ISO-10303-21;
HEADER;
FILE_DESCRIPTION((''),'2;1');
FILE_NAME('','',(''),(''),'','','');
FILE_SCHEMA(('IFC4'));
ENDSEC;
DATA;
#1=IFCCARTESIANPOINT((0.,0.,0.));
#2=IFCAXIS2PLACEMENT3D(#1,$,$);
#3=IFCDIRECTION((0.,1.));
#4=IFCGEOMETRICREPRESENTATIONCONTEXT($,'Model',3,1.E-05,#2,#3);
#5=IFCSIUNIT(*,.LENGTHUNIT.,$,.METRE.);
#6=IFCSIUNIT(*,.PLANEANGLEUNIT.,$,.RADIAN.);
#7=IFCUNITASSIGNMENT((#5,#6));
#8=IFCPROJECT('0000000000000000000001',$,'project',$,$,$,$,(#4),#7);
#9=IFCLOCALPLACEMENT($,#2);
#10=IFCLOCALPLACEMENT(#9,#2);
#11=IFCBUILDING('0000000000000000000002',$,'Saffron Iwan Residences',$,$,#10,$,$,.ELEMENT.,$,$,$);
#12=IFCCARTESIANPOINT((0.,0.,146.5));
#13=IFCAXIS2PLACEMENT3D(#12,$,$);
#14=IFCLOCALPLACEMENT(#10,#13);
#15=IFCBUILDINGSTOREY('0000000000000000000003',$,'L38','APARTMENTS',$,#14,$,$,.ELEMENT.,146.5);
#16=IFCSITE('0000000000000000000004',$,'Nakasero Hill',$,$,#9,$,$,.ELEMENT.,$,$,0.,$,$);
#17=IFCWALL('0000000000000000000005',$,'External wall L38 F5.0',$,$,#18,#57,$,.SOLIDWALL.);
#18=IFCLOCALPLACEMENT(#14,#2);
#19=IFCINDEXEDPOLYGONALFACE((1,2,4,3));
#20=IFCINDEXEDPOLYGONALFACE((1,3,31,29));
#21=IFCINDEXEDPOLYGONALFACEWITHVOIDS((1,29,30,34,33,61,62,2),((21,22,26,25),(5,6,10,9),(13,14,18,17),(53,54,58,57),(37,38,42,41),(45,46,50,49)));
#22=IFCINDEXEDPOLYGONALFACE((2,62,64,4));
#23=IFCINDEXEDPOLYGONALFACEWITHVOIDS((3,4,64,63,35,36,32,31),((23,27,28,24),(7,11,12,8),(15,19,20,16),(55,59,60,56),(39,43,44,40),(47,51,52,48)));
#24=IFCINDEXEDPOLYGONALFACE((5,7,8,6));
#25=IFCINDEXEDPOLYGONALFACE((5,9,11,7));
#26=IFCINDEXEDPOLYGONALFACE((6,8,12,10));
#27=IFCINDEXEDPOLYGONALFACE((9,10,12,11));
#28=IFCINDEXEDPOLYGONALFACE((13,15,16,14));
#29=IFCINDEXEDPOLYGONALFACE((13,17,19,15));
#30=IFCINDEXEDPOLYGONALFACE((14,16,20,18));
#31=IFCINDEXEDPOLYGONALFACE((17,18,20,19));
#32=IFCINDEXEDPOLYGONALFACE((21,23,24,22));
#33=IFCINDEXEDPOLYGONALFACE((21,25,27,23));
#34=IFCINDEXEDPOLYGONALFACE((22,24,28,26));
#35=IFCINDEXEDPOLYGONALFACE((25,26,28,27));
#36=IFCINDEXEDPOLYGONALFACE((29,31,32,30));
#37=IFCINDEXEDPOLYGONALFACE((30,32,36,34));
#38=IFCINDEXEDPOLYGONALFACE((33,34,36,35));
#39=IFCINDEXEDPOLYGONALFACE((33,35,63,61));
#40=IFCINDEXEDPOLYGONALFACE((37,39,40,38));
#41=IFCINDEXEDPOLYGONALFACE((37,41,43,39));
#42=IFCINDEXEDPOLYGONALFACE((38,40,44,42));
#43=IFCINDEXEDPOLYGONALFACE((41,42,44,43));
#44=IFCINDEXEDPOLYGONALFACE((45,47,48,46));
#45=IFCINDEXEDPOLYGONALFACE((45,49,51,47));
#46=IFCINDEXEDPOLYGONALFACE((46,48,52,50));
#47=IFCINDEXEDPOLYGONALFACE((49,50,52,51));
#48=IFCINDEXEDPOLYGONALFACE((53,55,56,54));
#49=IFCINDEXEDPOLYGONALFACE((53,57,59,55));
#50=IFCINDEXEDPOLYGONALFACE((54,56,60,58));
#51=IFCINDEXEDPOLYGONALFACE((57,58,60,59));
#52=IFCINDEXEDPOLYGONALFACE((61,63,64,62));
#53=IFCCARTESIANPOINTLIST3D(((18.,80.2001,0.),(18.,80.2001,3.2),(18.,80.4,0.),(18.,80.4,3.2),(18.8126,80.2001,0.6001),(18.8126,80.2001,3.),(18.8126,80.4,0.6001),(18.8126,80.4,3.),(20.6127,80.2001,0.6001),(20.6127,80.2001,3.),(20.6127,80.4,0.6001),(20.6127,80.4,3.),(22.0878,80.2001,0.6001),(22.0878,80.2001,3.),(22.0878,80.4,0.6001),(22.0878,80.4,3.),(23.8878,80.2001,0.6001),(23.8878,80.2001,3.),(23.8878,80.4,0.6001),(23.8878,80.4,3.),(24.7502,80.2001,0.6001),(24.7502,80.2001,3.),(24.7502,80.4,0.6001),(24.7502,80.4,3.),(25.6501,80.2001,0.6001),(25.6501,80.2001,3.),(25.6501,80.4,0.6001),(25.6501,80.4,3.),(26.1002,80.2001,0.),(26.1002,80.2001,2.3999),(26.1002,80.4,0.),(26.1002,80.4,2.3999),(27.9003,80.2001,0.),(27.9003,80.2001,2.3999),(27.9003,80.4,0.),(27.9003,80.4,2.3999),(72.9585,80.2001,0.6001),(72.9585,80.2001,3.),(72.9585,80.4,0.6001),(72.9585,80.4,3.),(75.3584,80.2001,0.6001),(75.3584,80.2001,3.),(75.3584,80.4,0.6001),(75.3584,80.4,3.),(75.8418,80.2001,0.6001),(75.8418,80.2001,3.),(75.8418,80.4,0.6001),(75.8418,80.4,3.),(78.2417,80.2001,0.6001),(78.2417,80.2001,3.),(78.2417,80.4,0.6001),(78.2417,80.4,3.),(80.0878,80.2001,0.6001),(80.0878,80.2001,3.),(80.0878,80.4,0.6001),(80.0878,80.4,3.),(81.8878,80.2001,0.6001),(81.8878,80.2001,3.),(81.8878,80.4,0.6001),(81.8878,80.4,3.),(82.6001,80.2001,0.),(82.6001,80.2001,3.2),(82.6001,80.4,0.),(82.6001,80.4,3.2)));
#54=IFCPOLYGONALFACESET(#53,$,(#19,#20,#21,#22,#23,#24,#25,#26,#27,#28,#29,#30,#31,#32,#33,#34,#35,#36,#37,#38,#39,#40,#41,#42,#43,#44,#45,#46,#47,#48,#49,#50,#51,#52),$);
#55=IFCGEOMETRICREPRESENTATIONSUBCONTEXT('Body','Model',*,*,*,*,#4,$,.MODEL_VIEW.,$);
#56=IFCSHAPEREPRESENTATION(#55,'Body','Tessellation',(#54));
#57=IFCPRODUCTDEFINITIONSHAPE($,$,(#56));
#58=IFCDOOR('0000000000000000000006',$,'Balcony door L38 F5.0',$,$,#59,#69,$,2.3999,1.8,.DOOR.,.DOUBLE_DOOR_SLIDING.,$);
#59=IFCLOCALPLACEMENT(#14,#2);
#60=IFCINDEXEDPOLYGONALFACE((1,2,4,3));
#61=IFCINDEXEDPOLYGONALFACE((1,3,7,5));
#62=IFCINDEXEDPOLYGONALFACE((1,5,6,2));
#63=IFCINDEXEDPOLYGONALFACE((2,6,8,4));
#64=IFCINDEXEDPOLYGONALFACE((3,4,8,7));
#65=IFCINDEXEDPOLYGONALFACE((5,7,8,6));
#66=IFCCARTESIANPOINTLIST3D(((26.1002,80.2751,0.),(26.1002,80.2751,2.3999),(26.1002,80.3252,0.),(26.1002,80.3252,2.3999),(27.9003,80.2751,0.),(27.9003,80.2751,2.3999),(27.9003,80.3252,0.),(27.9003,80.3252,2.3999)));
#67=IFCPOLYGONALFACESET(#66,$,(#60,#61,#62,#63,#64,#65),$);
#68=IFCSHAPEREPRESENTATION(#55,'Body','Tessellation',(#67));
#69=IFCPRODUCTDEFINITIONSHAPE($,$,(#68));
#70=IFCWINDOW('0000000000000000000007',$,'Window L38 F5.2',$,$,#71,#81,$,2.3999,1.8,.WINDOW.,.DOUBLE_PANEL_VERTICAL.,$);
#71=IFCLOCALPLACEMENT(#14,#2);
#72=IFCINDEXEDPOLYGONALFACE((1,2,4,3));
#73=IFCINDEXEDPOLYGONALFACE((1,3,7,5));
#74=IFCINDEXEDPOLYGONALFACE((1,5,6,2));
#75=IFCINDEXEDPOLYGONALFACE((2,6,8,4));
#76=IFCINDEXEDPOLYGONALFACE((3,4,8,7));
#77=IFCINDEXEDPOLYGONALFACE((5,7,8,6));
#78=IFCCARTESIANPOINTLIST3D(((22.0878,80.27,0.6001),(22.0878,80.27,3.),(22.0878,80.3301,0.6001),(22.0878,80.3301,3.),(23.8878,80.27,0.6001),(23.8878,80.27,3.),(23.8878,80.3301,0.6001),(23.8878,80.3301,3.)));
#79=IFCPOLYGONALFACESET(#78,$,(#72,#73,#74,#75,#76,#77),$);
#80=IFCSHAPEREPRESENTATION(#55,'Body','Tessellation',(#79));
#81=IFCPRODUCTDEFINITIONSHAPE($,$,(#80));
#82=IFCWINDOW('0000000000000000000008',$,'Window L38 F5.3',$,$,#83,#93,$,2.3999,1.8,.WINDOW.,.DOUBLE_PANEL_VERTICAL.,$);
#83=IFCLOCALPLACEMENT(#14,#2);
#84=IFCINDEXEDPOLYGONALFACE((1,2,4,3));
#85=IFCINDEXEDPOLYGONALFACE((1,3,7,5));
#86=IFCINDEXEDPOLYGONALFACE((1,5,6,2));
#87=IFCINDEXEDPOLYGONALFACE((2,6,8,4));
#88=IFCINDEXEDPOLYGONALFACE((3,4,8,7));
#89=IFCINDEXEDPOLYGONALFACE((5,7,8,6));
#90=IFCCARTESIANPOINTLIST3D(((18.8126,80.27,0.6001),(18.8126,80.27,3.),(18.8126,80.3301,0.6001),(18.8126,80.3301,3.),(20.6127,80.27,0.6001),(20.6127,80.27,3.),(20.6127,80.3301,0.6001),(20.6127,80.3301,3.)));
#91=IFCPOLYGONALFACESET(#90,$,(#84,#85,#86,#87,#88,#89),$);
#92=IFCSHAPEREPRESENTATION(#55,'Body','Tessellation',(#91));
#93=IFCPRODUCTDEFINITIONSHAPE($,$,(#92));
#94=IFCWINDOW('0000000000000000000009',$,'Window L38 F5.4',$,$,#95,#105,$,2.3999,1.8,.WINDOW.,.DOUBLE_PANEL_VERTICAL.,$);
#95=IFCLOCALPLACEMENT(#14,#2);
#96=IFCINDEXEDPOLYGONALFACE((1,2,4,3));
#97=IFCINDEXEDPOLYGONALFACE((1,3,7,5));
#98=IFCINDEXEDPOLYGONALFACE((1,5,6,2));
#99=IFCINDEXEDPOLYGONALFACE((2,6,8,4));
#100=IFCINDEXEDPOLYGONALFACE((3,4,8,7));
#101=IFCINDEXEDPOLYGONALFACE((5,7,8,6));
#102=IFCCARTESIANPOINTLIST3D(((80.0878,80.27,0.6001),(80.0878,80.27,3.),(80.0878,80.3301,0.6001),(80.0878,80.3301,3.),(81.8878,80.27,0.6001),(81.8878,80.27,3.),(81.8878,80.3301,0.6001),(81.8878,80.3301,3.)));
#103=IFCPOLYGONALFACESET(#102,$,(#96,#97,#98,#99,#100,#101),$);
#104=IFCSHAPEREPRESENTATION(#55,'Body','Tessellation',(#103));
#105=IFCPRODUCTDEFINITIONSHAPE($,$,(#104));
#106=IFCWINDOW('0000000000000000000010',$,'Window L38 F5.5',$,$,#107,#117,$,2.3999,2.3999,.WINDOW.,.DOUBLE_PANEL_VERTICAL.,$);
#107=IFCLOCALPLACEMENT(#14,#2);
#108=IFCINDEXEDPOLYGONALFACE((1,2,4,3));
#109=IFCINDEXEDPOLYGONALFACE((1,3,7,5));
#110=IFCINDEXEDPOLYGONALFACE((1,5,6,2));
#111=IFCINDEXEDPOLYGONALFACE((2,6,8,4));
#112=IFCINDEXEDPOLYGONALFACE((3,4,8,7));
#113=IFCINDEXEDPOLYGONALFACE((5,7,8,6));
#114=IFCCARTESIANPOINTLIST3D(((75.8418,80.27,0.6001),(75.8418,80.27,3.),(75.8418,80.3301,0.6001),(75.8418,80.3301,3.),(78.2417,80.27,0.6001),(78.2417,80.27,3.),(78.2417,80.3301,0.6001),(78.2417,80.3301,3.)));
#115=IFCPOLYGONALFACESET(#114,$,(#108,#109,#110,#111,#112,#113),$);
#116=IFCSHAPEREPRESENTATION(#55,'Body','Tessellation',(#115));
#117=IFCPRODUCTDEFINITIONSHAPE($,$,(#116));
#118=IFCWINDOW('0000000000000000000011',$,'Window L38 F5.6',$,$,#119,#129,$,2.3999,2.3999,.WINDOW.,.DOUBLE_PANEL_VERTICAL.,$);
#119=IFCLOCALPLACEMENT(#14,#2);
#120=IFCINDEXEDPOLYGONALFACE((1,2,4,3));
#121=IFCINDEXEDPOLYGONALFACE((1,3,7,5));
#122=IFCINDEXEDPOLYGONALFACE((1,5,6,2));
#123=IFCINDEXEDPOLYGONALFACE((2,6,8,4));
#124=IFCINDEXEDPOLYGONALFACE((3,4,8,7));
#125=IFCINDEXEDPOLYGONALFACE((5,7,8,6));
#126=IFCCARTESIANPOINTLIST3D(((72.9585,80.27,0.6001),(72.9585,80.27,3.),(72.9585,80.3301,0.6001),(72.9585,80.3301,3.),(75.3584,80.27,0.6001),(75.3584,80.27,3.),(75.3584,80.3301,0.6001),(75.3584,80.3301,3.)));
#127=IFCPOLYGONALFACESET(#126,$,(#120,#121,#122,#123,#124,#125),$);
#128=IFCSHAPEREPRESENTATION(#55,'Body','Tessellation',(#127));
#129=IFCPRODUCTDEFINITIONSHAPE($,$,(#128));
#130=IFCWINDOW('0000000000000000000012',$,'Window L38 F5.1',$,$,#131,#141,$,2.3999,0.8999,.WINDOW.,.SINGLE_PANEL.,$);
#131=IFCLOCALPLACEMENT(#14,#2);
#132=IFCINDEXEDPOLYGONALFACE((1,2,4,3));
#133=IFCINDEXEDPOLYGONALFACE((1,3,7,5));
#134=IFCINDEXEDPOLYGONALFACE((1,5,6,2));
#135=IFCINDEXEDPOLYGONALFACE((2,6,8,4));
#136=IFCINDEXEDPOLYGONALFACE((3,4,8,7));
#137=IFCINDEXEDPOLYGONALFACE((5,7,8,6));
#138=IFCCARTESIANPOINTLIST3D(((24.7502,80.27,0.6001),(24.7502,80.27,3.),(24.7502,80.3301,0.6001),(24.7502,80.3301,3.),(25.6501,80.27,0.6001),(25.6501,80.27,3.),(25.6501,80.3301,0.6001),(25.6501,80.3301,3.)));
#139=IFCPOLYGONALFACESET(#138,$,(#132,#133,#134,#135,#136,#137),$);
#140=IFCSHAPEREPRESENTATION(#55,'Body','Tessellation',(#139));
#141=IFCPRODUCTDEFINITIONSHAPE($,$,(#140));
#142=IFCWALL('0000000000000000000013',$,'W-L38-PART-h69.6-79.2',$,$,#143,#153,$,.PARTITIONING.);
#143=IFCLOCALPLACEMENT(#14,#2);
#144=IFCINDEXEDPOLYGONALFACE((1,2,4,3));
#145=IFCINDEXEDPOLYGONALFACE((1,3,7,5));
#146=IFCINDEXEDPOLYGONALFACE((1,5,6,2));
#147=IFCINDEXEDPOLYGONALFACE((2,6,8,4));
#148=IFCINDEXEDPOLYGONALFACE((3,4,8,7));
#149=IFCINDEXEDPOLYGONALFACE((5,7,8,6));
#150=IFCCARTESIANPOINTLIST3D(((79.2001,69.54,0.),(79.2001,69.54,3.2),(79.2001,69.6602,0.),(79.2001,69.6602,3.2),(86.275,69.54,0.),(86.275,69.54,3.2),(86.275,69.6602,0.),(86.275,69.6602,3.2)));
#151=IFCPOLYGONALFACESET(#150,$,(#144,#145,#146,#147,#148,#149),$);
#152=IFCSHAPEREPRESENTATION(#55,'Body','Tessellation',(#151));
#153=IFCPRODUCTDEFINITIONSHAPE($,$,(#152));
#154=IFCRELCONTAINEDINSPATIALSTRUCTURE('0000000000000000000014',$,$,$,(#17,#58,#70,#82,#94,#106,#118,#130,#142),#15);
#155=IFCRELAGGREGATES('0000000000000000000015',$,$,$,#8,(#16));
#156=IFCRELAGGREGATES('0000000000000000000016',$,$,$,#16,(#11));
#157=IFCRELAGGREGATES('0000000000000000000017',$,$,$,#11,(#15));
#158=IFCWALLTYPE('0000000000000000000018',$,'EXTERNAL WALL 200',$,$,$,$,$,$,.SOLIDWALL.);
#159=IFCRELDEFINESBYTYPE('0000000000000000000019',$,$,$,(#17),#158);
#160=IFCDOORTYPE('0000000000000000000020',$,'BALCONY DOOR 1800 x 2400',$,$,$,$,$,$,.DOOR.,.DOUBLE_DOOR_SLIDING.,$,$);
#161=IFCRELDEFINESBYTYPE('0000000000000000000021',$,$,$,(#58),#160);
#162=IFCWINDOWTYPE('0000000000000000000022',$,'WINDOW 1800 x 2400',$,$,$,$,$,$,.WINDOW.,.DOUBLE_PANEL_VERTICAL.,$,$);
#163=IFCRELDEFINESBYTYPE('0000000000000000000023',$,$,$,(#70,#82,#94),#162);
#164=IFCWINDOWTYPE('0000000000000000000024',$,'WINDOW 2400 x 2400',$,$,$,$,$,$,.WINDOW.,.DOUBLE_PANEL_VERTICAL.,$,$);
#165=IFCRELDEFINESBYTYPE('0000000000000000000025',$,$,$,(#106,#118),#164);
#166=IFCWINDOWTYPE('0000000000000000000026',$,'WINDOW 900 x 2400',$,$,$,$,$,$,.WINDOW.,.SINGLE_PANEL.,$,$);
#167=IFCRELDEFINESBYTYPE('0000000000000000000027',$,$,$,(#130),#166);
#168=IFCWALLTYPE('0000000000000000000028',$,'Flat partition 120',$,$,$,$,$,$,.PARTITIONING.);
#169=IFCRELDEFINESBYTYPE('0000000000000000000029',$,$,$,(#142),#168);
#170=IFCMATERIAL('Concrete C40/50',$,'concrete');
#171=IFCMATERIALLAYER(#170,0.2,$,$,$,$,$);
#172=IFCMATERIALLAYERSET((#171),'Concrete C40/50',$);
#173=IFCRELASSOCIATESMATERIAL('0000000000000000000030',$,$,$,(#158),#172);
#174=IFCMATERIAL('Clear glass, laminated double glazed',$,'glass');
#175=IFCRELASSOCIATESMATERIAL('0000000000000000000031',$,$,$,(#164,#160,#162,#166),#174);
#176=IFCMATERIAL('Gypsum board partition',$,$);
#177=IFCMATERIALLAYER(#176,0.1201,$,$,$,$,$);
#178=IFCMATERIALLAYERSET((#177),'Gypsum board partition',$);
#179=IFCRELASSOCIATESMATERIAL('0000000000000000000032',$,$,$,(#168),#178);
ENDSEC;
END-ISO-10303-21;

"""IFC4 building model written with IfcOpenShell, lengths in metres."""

from ifc_helpers import new_model, si_unit, direction, frame, frame_2d, origin, place, context, subcontext, project, spatial, rectangle, extrude, material, layer, layer_set, type_object, element, fill, save


model = new_model("IFC4")

# Units and contexts
model_context = context("Model", 3, precision=1e-05, world=origin(), true_north=direction((0.0, 1.0)))
body_context = subcontext(model_context, "Body", "Model", "MODEL_VIEW")
ifc_project = project(units=[si_unit("LENGTHUNIT", "METRE"), si_unit("PLANEANGLEUNIT", "RADIAN")], contexts=[model_context])

# Site, building, storey
site_placement = place(None, origin())
site = spatial("IfcSite", under=ifc_project, at=site_placement, Name="Nakasero Hill", CompositionType="ELEMENT", RefElevation=0.0)
building_placement = place(site_placement, origin())
building = spatial("IfcBuilding", under=site, at=building_placement, Name="Saffron Iwan Residences", CompositionType="ELEMENT")
storey_placement = place(building_placement, frame((0.0, 0.0, 146.5)))
storey = spatial("IfcBuildingStorey", under=building, at=storey_placement, Name="L38", Description="APARTMENTS", CompositionType="ELEMENT", Elevation=146.5)

# Shared definitions
ifc_material_1 = material(Name="Concrete C40/50", Category="concrete")
ifc_layer_1 = layer(ifc_material_1, 0.2)
ifc_layer_set_1 = layer_set([ifc_layer_1], Name="Concrete C40/50")
wall_type_1 = type_object("IfcWallType", Name="EXTERNAL WALL 200", PredefinedType="SOLIDWALL", material=ifc_layer_set_1)
ifc_material_2 = material(Name="Clear glass, laminated double glazed", Category="glass")
window_type_1 = type_object("IfcWindowType", Name="WINDOW 2400 x 2400", PartitioningType="DOUBLE_PANEL_VERTICAL", PredefinedType="WINDOW", material=ifc_material_2)

# Wall, openings, door, windows
wall_1_placement = place(storey_placement, frame((82.6001, 80.3, 0.0), z_axis=(0.0, 0.0, 1.0), x_axis=(-1.0, 0.0, 0.0)))
wall_1 = element("IfcWall", 1, at=wall_1_placement, inside=storey, type_object=wall_type_1, Name="External wall L38 F5.0", PredefinedType="SOLIDWALL", context=body_context, shape_type="SweptSolid", body=[
    extrude(rectangle(XDim=64.6001, YDim=0.2, at=frame_2d((32.3, 0.0))), origin(), (0.0, 0.0, 1.0), 3.2),
])
opening_1_placement = place(wall_1_placement, frame((54.7, 0.0, 0.0)))
opening_1 = element("IfcOpeningElement", 2, at=opening_1_placement, cuts=wall_1, PredefinedType="OPENING", context=body_context, shape_type="SweptSolid", body=[
    extrude(rectangle(XDim=1.8, YDim=2.3999, at=frame_2d((0.8999, 1.2))), frame((0.0, 0.1099, 0.0), z_axis=(0.0, -1.0, 0.0), x_axis=(1.0, 0.0, 0.0)), (0.0, 0.0, 1.0), 0.22),
])
opening_2_placement = place(wall_1_placement, frame((56.95, 0.0, 0.6001)))
opening_2 = element("IfcOpeningElement", 3, at=opening_2_placement, cuts=wall_1, PredefinedType="OPENING", context=body_context, shape_type="SweptSolid", body=[
    extrude(rectangle(XDim=0.8999, YDim=2.3999, at=frame_2d((0.45, 1.2))), frame((0.0, 0.1099, 0.0), z_axis=(0.0, -1.0, 0.0), x_axis=(1.0, 0.0, 0.0)), (0.0, 0.0, 1.0), 0.22),
])
opening_3_placement = place(wall_1_placement, frame((58.7124, 0.0, 0.6001)))
opening_3 = element("IfcOpeningElement", 4, at=opening_3_placement, cuts=wall_1, PredefinedType="OPENING", context=body_context, shape_type="SweptSolid", body=[
    extrude(rectangle(XDim=1.8, YDim=2.3999, at=frame_2d((0.8999, 1.2))), frame((0.0, 0.1099, 0.0), z_axis=(0.0, -1.0, 0.0), x_axis=(1.0, 0.0, 0.0)), (0.0, 0.0, 1.0), 0.22),
])
opening_4_placement = place(wall_1_placement, frame((61.9875, 0.0, 0.6001)))
opening_4 = element("IfcOpeningElement", 5, at=opening_4_placement, cuts=wall_1, PredefinedType="OPENING", context=body_context, shape_type="SweptSolid", body=[
    extrude(rectangle(XDim=1.8, YDim=2.3999, at=frame_2d((0.8999, 1.2))), frame((0.0, 0.1099, 0.0), z_axis=(0.0, -1.0, 0.0), x_axis=(1.0, 0.0, 0.0)), (0.0, 0.0, 1.0), 0.22),
])
opening_5_placement = place(wall_1_placement, frame((0.7124, 0.0, 0.6001)))
opening_5 = element("IfcOpeningElement", 6, at=opening_5_placement, cuts=wall_1, PredefinedType="OPENING", context=body_context, shape_type="SweptSolid", body=[
    extrude(rectangle(XDim=1.8, YDim=2.3999, at=frame_2d((0.8999, 1.2))), frame((0.0, 0.1099, 0.0), z_axis=(0.0, -1.0, 0.0), x_axis=(1.0, 0.0, 0.0)), (0.0, 0.0, 1.0), 0.22),
])
opening_6_placement = place(wall_1_placement, frame((4.3584, 0.0, 0.6001)))
opening_6 = element("IfcOpeningElement", 7, at=opening_6_placement, cuts=wall_1, PredefinedType="OPENING", context=body_context, shape_type="SweptSolid", body=[
    extrude(rectangle(XDim=2.3999, YDim=2.3999, at=frame_2d((1.2, 1.2))), frame((0.0, 0.1099, 0.0), z_axis=(0.0, -1.0, 0.0), x_axis=(1.0, 0.0, 0.0)), (0.0, 0.0, 1.0), 0.22),
])
opening_7_placement = place(wall_1_placement, frame((7.2417, 0.0, 0.6001)))
opening_7 = element("IfcOpeningElement", 8, at=opening_7_placement, cuts=wall_1, PredefinedType="OPENING", context=body_context, shape_type="SweptSolid", body=[
    extrude(rectangle(XDim=2.3999, YDim=2.3999, at=frame_2d((1.2, 1.2))), frame((0.0, 0.1099, 0.0), z_axis=(0.0, -1.0, 0.0), x_axis=(1.0, 0.0, 0.0)), (0.0, 0.0, 1.0), 0.22),
])
door_type_1 = type_object("IfcDoorType", Name="BALCONY DOOR 1800 x 2400", OperationType="DOUBLE_DOOR_SLIDING", PredefinedType="DOOR", material=ifc_material_2)
door_1_placement = place(opening_1_placement, origin())
door_1 = element("IfcDoor", 9, at=door_1_placement, inside=storey, type_object=door_type_1, Name="Balcony door L38 F5.0", OperationType="DOUBLE_DOOR_SLIDING", OverallHeight=2.3999, OverallWidth=1.8, PredefinedType="DOOR", context=body_context, shape_type="SweptSolid", body=[
    extrude(rectangle(XDim=1.8, YDim=2.3999, at=frame_2d((0.8999, 1.2))), frame((0.0, 0.0249, 0.0), z_axis=(0.0, -1.0, 0.0), x_axis=(1.0, 0.0, 0.0)), (0.0, 0.0, 1.0), 0.05),
])
fill(opening_1, door_1)
window_type_2 = type_object("IfcWindowType", Name="WINDOW 1800 x 2400", PartitioningType="DOUBLE_PANEL_VERTICAL", PredefinedType="WINDOW", material=ifc_material_2)
window_1_placement = place(opening_3_placement, origin())
window_1 = element("IfcWindow", 10, at=window_1_placement, inside=storey, type_object=window_type_2, Name="Window L38 F5.2", OverallHeight=2.3999, OverallWidth=1.8, PartitioningType="DOUBLE_PANEL_VERTICAL", PredefinedType="WINDOW", context=body_context, shape_type="SweptSolid", body=[
    extrude(rectangle(XDim=1.8, YDim=2.3999, at=frame_2d((0.8999, 1.2))), frame((0.0, 0.03, 0.0), z_axis=(0.0, -1.0, 0.0), x_axis=(1.0, 0.0, 0.0)), (0.0, 0.0, 1.0), 0.0601),
])
fill(opening_3, window_1)
window_2_placement = place(opening_4_placement, origin())
window_2 = element("IfcWindow", 11, at=window_2_placement, inside=storey, type_object=window_type_2, Name="Window L38 F5.3", OverallHeight=2.3999, OverallWidth=1.8, PartitioningType="DOUBLE_PANEL_VERTICAL", PredefinedType="WINDOW", context=body_context, shape_type="SweptSolid", body=[
    extrude(rectangle(XDim=1.8, YDim=2.3999, at=frame_2d((0.8999, 1.2))), frame((0.0, 0.03, 0.0), z_axis=(0.0, -1.0, 0.0), x_axis=(1.0, 0.0, 0.0)), (0.0, 0.0, 1.0), 0.0601),
])
fill(opening_4, window_2)
window_3_placement = place(opening_5_placement, origin())
window_3 = element("IfcWindow", 12, at=window_3_placement, inside=storey, type_object=window_type_2, Name="Window L38 F5.4", OverallHeight=2.3999, OverallWidth=1.8, PartitioningType="DOUBLE_PANEL_VERTICAL", PredefinedType="WINDOW", context=body_context, shape_type="SweptSolid", body=[
    extrude(rectangle(XDim=1.8, YDim=2.3999, at=frame_2d((0.8999, 1.2))), frame((0.0, 0.03, 0.0), z_axis=(0.0, -1.0, 0.0), x_axis=(1.0, 0.0, 0.0)), (0.0, 0.0, 1.0), 0.0601),
])
fill(opening_5, window_3)
window_4_placement = place(opening_6_placement, origin())
window_4 = element("IfcWindow", 13, at=window_4_placement, inside=storey, type_object=window_type_1, Name="Window L38 F5.5", OverallHeight=2.3999, OverallWidth=2.3999, PartitioningType="DOUBLE_PANEL_VERTICAL", PredefinedType="WINDOW", context=body_context, shape_type="SweptSolid", body=[
    extrude(rectangle(XDim=2.3999, YDim=2.3999, at=frame_2d((1.2, 1.2))), frame((0.0, 0.03, 0.0), z_axis=(0.0, -1.0, 0.0), x_axis=(1.0, 0.0, 0.0)), (0.0, 0.0, 1.0), 0.0601),
])
fill(opening_6, window_4)
window_5_placement = place(opening_7_placement, origin())
window_5 = element("IfcWindow", 14, at=window_5_placement, inside=storey, type_object=window_type_1, Name="Window L38 F5.6", OverallHeight=2.3999, OverallWidth=2.3999, PartitioningType="DOUBLE_PANEL_VERTICAL", PredefinedType="WINDOW", context=body_context, shape_type="SweptSolid", body=[
    extrude(rectangle(XDim=2.3999, YDim=2.3999, at=frame_2d((1.2, 1.2))), frame((0.0, 0.03, 0.0), z_axis=(0.0, -1.0, 0.0), x_axis=(1.0, 0.0, 0.0)), (0.0, 0.0, 1.0), 0.0601),
])
fill(opening_7, window_5)
window_type_3 = type_object("IfcWindowType", Name="WINDOW 900 x 2400", PartitioningType="SINGLE_PANEL", PredefinedType="WINDOW", material=ifc_material_2)
window_6_placement = place(opening_2_placement, origin())
window_6 = element("IfcWindow", 15, at=window_6_placement, inside=storey, type_object=window_type_3, Name="Window L38 F5.1", OverallHeight=2.3999, OverallWidth=0.8999, PartitioningType="SINGLE_PANEL", PredefinedType="WINDOW", context=body_context, shape_type="SweptSolid", body=[
    extrude(rectangle(XDim=0.8999, YDim=2.3999, at=frame_2d((0.45, 1.2))), frame((0.0, 0.03, 0.0), z_axis=(0.0, -1.0, 0.0), x_axis=(1.0, 0.0, 0.0)), (0.0, 0.0, 1.0), 0.0601),
])
fill(opening_2, window_6)

# Wall
ifc_material_3 = material(Name="Gypsum board partition")
ifc_layer_2 = layer(ifc_material_3, 0.1201)
ifc_layer_set_2 = layer_set([ifc_layer_2], Name="Gypsum board partition")
wall_type_2 = type_object("IfcWallType", Name="Flat partition 120", PredefinedType="PARTITIONING", material=ifc_layer_set_2)
wall_2_placement = place(storey_placement, frame((79.2, 69.6001, 0.0), z_axis=(0.0, 0.0, 1.0), x_axis=(1.0, 0.0, 0.0)))
element("IfcWall", 16, at=wall_2_placement, inside=storey, type_object=wall_type_2, Name="W-L38-PART-h69.6-79.2", PredefinedType="PARTITIONING", context=body_context, shape_type="SweptSolid", body=[
    extrude(rectangle(XDim=7.075, YDim=0.1201, at=frame_2d((3.5376, 0.0))), origin(), (0.0, 0.0, 1.0), 3.2),
])

save(model, "model.ifc")
